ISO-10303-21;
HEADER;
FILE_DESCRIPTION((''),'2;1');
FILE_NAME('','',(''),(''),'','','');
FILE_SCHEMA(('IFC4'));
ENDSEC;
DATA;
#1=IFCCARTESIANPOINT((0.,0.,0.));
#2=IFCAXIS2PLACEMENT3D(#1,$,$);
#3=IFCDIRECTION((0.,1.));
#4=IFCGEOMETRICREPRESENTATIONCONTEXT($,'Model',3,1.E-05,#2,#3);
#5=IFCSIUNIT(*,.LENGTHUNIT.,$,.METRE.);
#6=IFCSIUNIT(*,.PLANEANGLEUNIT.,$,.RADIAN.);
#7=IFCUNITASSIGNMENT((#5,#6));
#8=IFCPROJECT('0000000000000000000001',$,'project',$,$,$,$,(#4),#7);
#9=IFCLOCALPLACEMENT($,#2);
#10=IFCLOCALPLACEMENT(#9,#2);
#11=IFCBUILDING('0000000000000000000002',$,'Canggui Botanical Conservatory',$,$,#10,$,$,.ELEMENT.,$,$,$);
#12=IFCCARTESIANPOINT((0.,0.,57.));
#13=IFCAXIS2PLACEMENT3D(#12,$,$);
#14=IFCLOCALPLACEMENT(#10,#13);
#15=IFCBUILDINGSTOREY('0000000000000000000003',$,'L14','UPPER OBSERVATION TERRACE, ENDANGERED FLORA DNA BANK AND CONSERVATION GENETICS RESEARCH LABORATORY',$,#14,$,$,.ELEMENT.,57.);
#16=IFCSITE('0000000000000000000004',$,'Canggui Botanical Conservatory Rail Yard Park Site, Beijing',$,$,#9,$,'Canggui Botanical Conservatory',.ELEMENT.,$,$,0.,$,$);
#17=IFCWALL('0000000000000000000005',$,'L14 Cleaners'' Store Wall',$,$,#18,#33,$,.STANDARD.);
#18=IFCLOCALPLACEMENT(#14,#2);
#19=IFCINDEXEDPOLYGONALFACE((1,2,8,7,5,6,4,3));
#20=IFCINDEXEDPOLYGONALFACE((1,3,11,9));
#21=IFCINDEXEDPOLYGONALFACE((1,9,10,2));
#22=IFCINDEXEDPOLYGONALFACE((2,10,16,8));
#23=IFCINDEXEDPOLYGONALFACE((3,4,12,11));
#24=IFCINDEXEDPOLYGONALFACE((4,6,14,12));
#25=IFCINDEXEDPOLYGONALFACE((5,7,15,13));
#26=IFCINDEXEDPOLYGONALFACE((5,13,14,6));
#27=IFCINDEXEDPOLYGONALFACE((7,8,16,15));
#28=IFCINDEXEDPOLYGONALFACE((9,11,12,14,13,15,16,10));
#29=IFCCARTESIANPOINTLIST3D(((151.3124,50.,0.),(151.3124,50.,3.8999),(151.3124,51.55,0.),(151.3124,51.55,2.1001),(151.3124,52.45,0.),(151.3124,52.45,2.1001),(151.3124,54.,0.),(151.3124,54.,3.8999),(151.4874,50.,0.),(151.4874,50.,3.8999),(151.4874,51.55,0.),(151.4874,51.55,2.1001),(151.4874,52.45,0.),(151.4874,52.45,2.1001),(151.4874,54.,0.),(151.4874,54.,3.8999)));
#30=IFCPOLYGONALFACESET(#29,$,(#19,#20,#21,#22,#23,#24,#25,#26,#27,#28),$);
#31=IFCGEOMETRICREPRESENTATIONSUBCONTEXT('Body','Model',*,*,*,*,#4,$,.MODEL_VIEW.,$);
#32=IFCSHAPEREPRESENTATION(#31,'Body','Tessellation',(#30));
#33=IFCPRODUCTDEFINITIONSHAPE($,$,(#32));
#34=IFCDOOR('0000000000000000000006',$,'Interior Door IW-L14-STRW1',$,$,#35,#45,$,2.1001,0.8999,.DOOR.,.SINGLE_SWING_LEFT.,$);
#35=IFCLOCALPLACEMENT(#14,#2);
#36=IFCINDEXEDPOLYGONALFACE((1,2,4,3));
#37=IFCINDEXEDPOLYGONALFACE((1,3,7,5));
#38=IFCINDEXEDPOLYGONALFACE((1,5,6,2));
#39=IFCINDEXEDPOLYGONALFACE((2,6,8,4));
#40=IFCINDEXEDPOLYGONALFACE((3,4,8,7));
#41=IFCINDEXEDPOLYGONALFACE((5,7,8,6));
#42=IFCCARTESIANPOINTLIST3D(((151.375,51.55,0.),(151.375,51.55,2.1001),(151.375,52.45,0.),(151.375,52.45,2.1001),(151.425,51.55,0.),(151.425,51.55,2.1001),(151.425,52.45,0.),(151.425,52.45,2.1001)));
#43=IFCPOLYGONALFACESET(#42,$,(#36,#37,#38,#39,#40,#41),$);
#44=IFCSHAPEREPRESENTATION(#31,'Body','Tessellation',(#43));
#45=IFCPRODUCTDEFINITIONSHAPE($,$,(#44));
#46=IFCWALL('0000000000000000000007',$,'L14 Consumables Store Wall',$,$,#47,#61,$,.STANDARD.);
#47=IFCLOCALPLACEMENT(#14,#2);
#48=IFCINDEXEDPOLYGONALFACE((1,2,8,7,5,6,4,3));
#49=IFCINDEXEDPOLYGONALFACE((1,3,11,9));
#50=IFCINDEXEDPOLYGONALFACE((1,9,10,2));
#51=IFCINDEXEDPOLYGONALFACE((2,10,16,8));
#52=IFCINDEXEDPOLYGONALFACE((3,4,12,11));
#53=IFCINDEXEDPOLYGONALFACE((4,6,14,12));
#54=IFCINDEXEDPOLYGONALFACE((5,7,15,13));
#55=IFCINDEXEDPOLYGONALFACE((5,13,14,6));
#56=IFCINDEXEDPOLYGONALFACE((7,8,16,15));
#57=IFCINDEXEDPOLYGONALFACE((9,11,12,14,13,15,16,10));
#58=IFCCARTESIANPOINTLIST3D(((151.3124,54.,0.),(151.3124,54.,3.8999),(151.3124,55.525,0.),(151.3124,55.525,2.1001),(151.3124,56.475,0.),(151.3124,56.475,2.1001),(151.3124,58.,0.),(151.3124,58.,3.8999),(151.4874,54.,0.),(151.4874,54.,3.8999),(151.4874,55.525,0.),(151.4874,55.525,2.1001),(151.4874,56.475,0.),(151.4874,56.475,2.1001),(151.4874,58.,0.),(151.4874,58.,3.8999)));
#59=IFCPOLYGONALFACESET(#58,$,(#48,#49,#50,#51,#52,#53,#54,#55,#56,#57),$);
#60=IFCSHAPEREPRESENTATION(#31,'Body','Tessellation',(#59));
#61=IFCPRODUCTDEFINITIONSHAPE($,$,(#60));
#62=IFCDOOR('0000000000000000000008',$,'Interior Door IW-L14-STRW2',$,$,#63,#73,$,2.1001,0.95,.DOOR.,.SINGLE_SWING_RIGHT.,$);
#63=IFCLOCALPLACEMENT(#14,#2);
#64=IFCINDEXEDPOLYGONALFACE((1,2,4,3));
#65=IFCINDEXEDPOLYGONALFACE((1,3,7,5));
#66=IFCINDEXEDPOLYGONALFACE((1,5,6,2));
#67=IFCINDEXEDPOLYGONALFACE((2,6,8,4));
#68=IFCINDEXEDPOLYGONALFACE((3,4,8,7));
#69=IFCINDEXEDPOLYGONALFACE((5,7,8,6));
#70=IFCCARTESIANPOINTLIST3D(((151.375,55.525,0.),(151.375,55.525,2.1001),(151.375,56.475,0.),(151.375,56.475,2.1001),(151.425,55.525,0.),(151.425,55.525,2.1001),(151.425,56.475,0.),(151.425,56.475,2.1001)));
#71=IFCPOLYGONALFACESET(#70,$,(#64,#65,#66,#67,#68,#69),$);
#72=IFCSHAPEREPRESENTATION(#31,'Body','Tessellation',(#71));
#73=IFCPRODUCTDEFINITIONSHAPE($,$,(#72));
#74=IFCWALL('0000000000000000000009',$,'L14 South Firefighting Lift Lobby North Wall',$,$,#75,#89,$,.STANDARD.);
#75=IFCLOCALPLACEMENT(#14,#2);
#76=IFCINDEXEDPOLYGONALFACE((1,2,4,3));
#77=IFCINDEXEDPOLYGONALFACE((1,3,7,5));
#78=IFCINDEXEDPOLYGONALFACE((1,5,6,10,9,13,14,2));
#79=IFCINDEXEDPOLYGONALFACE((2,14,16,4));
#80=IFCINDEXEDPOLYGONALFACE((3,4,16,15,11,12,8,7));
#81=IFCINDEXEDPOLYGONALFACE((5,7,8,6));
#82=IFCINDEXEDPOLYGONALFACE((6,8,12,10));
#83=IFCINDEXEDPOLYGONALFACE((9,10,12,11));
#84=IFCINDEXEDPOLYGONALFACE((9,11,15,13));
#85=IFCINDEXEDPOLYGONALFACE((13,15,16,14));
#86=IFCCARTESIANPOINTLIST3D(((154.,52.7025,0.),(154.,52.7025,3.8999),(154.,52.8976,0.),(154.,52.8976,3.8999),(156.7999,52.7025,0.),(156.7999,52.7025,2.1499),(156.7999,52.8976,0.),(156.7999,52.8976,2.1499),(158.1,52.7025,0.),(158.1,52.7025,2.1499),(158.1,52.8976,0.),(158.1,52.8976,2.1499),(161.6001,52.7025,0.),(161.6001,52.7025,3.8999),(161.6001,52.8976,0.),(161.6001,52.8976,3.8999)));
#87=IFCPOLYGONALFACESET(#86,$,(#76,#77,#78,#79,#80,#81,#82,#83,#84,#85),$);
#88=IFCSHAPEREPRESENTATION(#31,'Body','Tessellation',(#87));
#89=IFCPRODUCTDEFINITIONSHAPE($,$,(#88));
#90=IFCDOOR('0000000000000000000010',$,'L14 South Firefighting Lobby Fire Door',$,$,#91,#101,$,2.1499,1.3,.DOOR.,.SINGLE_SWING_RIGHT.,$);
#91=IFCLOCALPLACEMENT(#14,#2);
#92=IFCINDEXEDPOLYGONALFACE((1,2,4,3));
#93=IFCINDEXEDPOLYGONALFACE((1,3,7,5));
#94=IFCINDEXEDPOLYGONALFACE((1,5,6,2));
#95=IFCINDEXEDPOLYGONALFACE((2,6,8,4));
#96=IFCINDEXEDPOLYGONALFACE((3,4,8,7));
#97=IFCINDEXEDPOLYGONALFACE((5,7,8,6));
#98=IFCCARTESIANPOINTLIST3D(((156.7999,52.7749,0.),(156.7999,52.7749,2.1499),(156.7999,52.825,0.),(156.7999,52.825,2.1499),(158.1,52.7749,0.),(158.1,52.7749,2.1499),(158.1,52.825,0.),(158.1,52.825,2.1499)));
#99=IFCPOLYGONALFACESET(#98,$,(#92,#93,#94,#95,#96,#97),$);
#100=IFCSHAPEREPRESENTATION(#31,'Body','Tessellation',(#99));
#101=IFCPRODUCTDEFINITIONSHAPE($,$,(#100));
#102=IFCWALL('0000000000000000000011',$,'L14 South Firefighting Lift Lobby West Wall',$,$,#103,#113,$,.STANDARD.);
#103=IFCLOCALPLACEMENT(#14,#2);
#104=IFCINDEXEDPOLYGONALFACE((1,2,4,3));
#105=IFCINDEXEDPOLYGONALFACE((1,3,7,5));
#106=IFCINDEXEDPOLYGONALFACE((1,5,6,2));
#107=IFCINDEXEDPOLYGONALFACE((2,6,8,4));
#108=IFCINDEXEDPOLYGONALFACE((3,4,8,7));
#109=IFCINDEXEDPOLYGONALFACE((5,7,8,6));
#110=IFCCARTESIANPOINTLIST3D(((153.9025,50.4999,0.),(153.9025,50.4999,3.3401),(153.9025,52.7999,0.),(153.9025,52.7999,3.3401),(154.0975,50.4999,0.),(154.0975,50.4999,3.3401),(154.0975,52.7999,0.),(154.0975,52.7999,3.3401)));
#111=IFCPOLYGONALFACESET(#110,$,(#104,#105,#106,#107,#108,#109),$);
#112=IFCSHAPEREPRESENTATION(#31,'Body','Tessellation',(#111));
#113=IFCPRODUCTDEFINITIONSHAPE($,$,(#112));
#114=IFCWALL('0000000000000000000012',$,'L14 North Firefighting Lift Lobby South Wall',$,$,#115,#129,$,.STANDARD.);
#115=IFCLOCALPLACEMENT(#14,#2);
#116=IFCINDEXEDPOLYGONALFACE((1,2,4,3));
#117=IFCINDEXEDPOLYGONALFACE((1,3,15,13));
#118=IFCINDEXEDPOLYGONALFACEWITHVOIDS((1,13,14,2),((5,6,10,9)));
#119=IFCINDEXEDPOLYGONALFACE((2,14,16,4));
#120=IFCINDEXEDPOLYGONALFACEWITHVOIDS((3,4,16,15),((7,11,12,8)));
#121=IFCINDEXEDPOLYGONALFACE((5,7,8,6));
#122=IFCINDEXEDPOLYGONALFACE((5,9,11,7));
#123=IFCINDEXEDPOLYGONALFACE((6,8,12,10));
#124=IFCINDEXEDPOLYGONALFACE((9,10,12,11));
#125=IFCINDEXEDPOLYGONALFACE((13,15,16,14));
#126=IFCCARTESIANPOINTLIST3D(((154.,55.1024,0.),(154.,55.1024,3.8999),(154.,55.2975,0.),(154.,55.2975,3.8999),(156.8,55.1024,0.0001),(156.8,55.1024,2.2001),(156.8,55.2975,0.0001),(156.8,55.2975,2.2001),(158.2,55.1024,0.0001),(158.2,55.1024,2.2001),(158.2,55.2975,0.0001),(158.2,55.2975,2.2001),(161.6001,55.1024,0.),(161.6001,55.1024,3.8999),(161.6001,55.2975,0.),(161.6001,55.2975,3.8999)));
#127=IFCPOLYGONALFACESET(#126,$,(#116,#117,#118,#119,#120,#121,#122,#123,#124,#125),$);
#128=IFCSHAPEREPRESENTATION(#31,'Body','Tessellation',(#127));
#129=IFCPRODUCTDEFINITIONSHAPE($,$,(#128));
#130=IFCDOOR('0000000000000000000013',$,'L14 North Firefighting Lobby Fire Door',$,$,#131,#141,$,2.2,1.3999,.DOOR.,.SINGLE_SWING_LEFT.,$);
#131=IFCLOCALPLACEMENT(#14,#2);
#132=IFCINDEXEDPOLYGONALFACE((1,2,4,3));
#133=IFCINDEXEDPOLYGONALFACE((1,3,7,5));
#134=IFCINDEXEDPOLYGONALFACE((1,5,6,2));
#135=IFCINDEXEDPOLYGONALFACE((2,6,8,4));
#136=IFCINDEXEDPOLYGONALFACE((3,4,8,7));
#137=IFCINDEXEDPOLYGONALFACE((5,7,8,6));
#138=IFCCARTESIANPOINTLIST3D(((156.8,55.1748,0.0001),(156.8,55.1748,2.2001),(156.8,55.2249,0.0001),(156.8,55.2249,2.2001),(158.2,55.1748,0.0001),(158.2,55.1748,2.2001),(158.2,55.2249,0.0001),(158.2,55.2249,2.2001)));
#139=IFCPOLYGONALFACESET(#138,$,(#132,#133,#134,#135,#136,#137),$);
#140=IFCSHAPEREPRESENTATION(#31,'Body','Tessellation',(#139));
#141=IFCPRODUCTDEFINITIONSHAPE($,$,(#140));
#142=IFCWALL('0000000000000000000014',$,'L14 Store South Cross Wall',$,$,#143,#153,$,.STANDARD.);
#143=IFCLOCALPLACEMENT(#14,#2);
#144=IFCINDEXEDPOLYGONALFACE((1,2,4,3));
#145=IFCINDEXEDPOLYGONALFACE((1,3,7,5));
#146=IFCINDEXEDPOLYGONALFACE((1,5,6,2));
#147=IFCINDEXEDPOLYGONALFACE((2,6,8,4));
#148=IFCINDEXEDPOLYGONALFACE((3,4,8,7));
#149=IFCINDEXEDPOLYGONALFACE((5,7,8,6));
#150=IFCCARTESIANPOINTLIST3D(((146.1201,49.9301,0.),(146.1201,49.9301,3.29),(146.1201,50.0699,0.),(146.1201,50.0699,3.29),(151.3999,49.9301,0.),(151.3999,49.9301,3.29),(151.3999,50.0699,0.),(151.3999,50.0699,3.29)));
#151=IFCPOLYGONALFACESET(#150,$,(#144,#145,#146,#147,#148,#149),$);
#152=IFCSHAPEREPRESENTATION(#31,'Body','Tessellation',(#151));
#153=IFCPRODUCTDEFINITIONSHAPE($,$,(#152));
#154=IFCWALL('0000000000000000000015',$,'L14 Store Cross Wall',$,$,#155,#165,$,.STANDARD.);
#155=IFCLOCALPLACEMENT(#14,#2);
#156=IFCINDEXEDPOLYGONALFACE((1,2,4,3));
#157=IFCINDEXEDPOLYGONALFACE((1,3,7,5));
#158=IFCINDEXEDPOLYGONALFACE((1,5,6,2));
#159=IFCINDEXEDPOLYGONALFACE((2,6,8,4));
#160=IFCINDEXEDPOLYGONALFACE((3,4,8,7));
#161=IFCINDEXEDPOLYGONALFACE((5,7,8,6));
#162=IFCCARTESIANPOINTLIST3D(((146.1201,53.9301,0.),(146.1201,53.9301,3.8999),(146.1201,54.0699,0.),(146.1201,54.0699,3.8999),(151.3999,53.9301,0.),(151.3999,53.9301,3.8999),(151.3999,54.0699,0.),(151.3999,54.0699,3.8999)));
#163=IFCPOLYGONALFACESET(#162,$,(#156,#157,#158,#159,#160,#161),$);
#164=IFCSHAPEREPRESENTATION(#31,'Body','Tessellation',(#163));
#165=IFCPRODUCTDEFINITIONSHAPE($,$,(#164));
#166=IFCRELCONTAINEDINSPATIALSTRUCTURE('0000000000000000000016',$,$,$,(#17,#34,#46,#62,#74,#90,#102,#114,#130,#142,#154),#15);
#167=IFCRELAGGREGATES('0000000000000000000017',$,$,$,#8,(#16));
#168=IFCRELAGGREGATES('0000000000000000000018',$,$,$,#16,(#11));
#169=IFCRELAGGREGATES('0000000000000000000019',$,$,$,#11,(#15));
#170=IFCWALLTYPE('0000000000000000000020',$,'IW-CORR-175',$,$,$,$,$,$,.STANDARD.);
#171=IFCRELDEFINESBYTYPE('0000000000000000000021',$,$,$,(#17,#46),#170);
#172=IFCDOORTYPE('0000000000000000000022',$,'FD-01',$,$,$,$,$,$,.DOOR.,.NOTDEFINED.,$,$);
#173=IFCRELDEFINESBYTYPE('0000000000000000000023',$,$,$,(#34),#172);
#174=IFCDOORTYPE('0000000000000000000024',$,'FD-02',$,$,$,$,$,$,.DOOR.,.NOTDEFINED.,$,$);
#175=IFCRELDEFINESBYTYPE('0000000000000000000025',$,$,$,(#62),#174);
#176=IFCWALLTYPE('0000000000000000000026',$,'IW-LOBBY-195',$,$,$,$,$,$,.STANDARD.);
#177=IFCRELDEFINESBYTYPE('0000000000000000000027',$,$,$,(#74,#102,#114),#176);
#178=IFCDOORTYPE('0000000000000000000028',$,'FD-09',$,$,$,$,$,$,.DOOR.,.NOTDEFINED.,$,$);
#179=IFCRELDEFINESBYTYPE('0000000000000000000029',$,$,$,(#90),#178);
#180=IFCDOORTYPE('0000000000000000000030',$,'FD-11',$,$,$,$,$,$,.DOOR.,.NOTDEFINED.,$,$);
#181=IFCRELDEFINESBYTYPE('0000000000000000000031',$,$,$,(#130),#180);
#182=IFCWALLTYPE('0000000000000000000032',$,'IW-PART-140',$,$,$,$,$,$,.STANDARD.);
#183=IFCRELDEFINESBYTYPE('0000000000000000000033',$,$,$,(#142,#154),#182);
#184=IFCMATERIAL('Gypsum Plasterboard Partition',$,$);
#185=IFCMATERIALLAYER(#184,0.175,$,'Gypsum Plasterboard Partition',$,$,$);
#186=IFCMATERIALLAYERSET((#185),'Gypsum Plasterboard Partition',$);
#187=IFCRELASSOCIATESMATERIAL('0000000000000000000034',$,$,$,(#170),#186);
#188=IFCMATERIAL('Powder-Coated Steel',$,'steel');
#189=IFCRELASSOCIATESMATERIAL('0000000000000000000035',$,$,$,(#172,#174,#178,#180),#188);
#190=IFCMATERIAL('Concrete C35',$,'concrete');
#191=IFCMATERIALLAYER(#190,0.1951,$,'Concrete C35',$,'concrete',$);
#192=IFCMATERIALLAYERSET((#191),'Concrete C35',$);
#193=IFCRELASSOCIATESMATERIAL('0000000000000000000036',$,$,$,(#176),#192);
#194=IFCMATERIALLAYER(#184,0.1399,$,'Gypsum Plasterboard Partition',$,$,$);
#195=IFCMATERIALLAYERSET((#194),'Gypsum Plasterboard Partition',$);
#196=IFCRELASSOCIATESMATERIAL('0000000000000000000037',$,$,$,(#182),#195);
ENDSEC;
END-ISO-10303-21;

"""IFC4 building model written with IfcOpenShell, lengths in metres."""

from ifc_helpers import new_model, si_unit, direction, frame, frame_2d, origin, place, context, subcontext, project, spatial, rectangle, extrude, material, layer, layer_set, type_object, element, fill, save


model = new_model("IFC4")

# Units and contexts
model_context = context("Model", 3, precision=1e-05, world=origin(), true_north=direction((0.0, 1.0)))
body_context = subcontext(model_context, "Body", "Model", "MODEL_VIEW")
ifc_project = project(units=[si_unit("LENGTHUNIT", "METRE"), si_unit("PLANEANGLEUNIT", "RADIAN")], contexts=[model_context])

# Site, building, storey
site_placement = place(None, origin())
site = spatial("IfcSite", under=ifc_project, at=site_placement, Name="Canggui Botanical Conservatory Rail Yard Park Site, Beijing", LongName="Canggui Botanical Conservatory", CompositionType="ELEMENT", RefElevation=0.0)
building_placement = place(site_placement, origin())
building = spatial("IfcBuilding", under=site, at=building_placement, Name="Canggui Botanical Conservatory", CompositionType="ELEMENT")
storey_placement = place(building_placement, frame((0.0, 0.0, 57.0)))
storey = spatial("IfcBuildingStorey", under=building, at=storey_placement, Name="L14", Description="UPPER OBSERVATION TERRACE, ENDANGERED FLORA DNA BANK AND CONSERVATION GENETICS RESEARCH LABORATORY", CompositionType="ELEMENT", Elevation=57.0)

# Shared definitions
ifc_material_1 = material(Name="Concrete C35", Category="concrete")

# Walls, openings, doors
ifc_material_2 = material(Name="Gypsum Plasterboard Partition")
ifc_layer_1 = layer(ifc_material_2, 0.175, Name="Gypsum Plasterboard Partition")
ifc_layer_set_1 = layer_set([ifc_layer_1], Name="Gypsum Plasterboard Partition")
wall_type_1 = type_object("IfcWallType", Name="IW-CORR-175", PredefinedType="STANDARD", material=ifc_layer_set_1)
ifc_material_3 = material(Name="Powder-Coated Steel", Category="steel")
wall_1_placement = place(storey_placement, frame((151.3999, 50.0, 0.0), z_axis=(0.0, 0.0, 1.0), x_axis=(0.0, 1.0, 0.0)))
wall_1 = element("IfcWall", 1, at=wall_1_placement, inside=storey, type_object=wall_type_1, Name="L14 Cleaners' Store Wall", PredefinedType="STANDARD", context=body_context, shape_type="SweptSolid", body=[
    extrude(rectangle(XDim=4.0, YDim=0.175, at=frame_2d((2.0, 0.0))), origin(), (0.0, 0.0, 1.0), 3.8999),
])
opening_1_placement = place(wall_1_placement, frame((1.55, 0.0, 0.0)))
opening_1 = element("IfcOpeningElement", 2, at=opening_1_placement, cuts=wall_1, PredefinedType="OPENING", context=body_context, shape_type="SweptSolid", body=[
    extrude(rectangle(XDim=0.8999, YDim=2.1001, at=frame_2d((0.45, 1.05))), frame((0.0, 0.0977, 0.0), z_axis=(0.0, -1.0, 0.0), x_axis=(1.0, 0.0, 0.0)), (0.0, 0.0, 1.0), 0.1951),
])
door_type_1 = type_object("IfcDoorType", Name="FD-01", OperationType="NOTDEFINED", PredefinedType="DOOR", material=ifc_material_3)
door_1_placement = place(opening_1_placement, origin())
door_1 = element("IfcDoor", 3, at=door_1_placement, inside=storey, type_object=door_type_1, Name="Interior Door IW-L14-STRW1", OperationType="SINGLE_SWING_LEFT", OverallHeight=2.1001, OverallWidth=0.8999, PredefinedType="DOOR", context=body_context, shape_type="SweptSolid", body=[
    extrude(rectangle(XDim=0.8999, YDim=2.1001, at=frame_2d((0.45, 1.05))), frame((0.0, 0.0249, 0.0), z_axis=(0.0, -1.0, 0.0), x_axis=(1.0, 0.0, 0.0)), (0.0, 0.0, 1.0), 0.05),
])
fill(opening_1, door_1)
wall_2_placement = place(storey_placement, frame((151.3999, 54.0, 0.0), z_axis=(0.0, 0.0, 1.0), x_axis=(0.0, 1.0, 0.0)))
wall_2 = element("IfcWall", 4, at=wall_2_placement, inside=storey, type_object=wall_type_1, Name="L14 Consumables Store Wall", PredefinedType="STANDARD", context=body_context, shape_type="SweptSolid", body=[
    extrude(rectangle(XDim=4.0, YDim=0.175, at=frame_2d((2.0, 0.0))), origin(), (0.0, 0.0, 1.0), 3.8999),
])
opening_2_placement = place(wall_2_placement, frame((1.5249, 0.0, 0.0)))
opening_2 = element("IfcOpeningElement", 5, at=opening_2_placement, cuts=wall_2, PredefinedType="OPENING", context=body_context, shape_type="SweptSolid", body=[
    extrude(rectangle(XDim=0.95, YDim=2.1001, at=frame_2d((0.4751, 1.05))), frame((0.0, 0.0977, 0.0), z_axis=(0.0, -1.0, 0.0), x_axis=(1.0, 0.0, 0.0)), (0.0, 0.0, 1.0), 0.1951),
])
door_type_2 = type_object("IfcDoorType", Name="FD-02", OperationType="NOTDEFINED", PredefinedType="DOOR", material=ifc_material_3)
door_2_placement = place(opening_2_placement, origin())
door_2 = element("IfcDoor", 6, at=door_2_placement, inside=storey, type_object=door_type_2, Name="Interior Door IW-L14-STRW2", OperationType="SINGLE_SWING_RIGHT", OverallHeight=2.1001, OverallWidth=0.95, PredefinedType="DOOR", context=body_context, shape_type="SweptSolid", body=[
    extrude(rectangle(XDim=0.95, YDim=2.1001, at=frame_2d((0.4751, 1.05))), frame((0.0, 0.0249, 0.0), z_axis=(0.0, -1.0, 0.0), x_axis=(1.0, 0.0, 0.0)), (0.0, 0.0, 1.0), 0.05),
])
fill(opening_2, door_2)
ifc_layer_2 = layer(ifc_material_1, 0.1951, Name="Concrete C35", Category="concrete")
ifc_layer_set_2 = layer_set([ifc_layer_2], Name="Concrete C35")
wall_type_2 = type_object("IfcWallType", Name="IW-LOBBY-195", PredefinedType="STANDARD", material=ifc_layer_set_2)
wall_3_placement = place(storey_placement, frame((154.0, 52.8, 0.0), z_axis=(0.0, 0.0, 1.0), x_axis=(1.0, 0.0, 0.0)))
wall_3 = element("IfcWall", 7, at=wall_3_placement, inside=storey, type_object=wall_type_2, Name="L14 South Firefighting Lift Lobby North Wall", PredefinedType="STANDARD", context=body_context, shape_type="SweptSolid", body=[
    extrude(rectangle(XDim=7.6001, YDim=0.1951, at=frame_2d((3.8, 0.0))), origin(), (0.0, 0.0, 1.0), 3.8999),
])
opening_3_placement = place(wall_3_placement, frame((2.8, 0.0, 0.0)))
opening_3 = element("IfcOpeningElement", 8, at=opening_3_placement, cuts=wall_3, PredefinedType="OPENING", context=body_context, shape_type="SweptSolid", body=[
    extrude(rectangle(XDim=1.3, YDim=2.1499, at=frame_2d((0.6499, 1.075))), frame((0.0, 0.1074, 0.0), z_axis=(0.0, -1.0, 0.0), x_axis=(1.0, 0.0, 0.0)), (0.0, 0.0, 1.0), 0.2151),
])
door_type_3 = type_object("IfcDoorType", Name="FD-09", OperationType="NOTDEFINED", PredefinedType="DOOR", material=ifc_material_3)
door_3_placement = place(opening_3_placement, origin())
door_3 = element("IfcDoor", 9, at=door_3_placement, inside=storey, type_object=door_type_3, Name="L14 South Firefighting Lobby Fire Door", OperationType="SINGLE_SWING_RIGHT", OverallHeight=2.1499, OverallWidth=1.3, PredefinedType="DOOR", context=body_context, shape_type="SweptSolid", body=[
    extrude(rectangle(XDim=1.3, YDim=2.1499, at=frame_2d((0.6499, 1.075))), frame((0.0, 0.0249, 0.0), z_axis=(0.0, -1.0, 0.0), x_axis=(1.0, 0.0, 0.0)), (0.0, 0.0, 1.0), 0.05),
])
fill(opening_3, door_3)

# Wall
wall_4_placement = place(storey_placement, frame((154.0, 50.5, 0.0), z_axis=(0.0, 0.0, 1.0), x_axis=(0.0, 1.0, 0.0)))
element("IfcWall", 10, at=wall_4_placement, inside=storey, type_object=wall_type_2, Name="L14 South Firefighting Lift Lobby West Wall", PredefinedType="STANDARD", context=body_context, shape_type="SweptSolid", body=[
    extrude(rectangle(XDim=2.3, YDim=0.1951, at=frame_2d((1.1499, 0.0))), origin(), (0.0, 0.0, 1.0), 3.3401),
])

# Wall, opening, door
wall_5_placement = place(storey_placement, frame((154.0, 55.2, 0.0), z_axis=(0.0, 0.0, 1.0), x_axis=(1.0, 0.0, 0.0)))
wall_5 = element("IfcWall", 11, at=wall_5_placement, inside=storey, type_object=wall_type_2, Name="L14 North Firefighting Lift Lobby South Wall", PredefinedType="STANDARD", context=body_context, shape_type="SweptSolid", body=[
    extrude(rectangle(XDim=7.6001, YDim=0.1951, at=frame_2d((3.8, 0.0))), origin(), (0.0, 0.0, 1.0), 3.8999),
])
opening_4_placement = place(wall_5_placement, frame((2.8, 0.0, 0.0)))
opening_4 = element("IfcOpeningElement", 12, at=opening_4_placement, cuts=wall_5, PredefinedType="OPENING", context=body_context, shape_type="SweptSolid", body=[
    extrude(rectangle(XDim=1.3999, YDim=2.2, at=frame_2d((0.7, 1.1001))), frame((0.0, 0.1074, 0.0), z_axis=(0.0, -1.0, 0.0), x_axis=(1.0, 0.0, 0.0)), (0.0, 0.0, 1.0), 0.2151),
])
door_type_4 = type_object("IfcDoorType", Name="FD-11", OperationType="NOTDEFINED", PredefinedType="DOOR", material=ifc_material_3)
door_4_placement = place(opening_4_placement, origin())
door_4 = element("IfcDoor", 13, at=door_4_placement, inside=storey, type_object=door_type_4, Name="L14 North Firefighting Lobby Fire Door", OperationType="SINGLE_SWING_LEFT", OverallHeight=2.2, OverallWidth=1.3999, PredefinedType="DOOR", context=body_context, shape_type="SweptSolid", body=[
    extrude(rectangle(XDim=1.3999, YDim=2.2, at=frame_2d((0.7, 1.1001))), frame((0.0, 0.0249, 0.0), z_axis=(0.0, -1.0, 0.0), x_axis=(1.0, 0.0, 0.0)), (0.0, 0.0, 1.0), 0.05),
])
fill(opening_4, door_4)

# Walls
ifc_layer_3 = layer(ifc_material_2, 0.1399, Name="Gypsum Plasterboard Partition")
ifc_layer_set_3 = layer_set([ifc_layer_3], Name="Gypsum Plasterboard Partition")
wall_type_3 = type_object("IfcWallType", Name="IW-PART-140", PredefinedType="STANDARD", material=ifc_layer_set_3)
wall_6_placement = place(storey_placement, frame((146.1201, 50.0, 0.0), z_axis=(0.0, 0.0, 1.0), x_axis=(1.0, 0.0, 0.0)))
element("IfcWall", 14, at=wall_6_placement, inside=storey, type_object=wall_type_3, Name="L14 Store South Cross Wall", PredefinedType="STANDARD", context=body_context, shape_type="SweptSolid", body=[
    extrude(rectangle(XDim=5.2798, YDim=0.1399, at=frame_2d((2.6399, 0.0))), origin(), (0.0, 0.0, 1.0), 3.29),
])
wall_7_placement = place(storey_placement, frame((146.1201, 54.0, 0.0), z_axis=(0.0, 0.0, 1.0), x_axis=(1.0, 0.0, 0.0)))
element("IfcWall", 15, at=wall_7_placement, inside=storey, type_object=wall_type_3, Name="L14 Store Cross Wall", PredefinedType="STANDARD", context=body_context, shape_type="SweptSolid", body=[
    extrude(rectangle(XDim=5.2798, YDim=0.1399, at=frame_2d((2.6399, 0.0))), origin(), (0.0, 0.0, 1.0), 3.8999),
])

save(model, "model.ifc")
